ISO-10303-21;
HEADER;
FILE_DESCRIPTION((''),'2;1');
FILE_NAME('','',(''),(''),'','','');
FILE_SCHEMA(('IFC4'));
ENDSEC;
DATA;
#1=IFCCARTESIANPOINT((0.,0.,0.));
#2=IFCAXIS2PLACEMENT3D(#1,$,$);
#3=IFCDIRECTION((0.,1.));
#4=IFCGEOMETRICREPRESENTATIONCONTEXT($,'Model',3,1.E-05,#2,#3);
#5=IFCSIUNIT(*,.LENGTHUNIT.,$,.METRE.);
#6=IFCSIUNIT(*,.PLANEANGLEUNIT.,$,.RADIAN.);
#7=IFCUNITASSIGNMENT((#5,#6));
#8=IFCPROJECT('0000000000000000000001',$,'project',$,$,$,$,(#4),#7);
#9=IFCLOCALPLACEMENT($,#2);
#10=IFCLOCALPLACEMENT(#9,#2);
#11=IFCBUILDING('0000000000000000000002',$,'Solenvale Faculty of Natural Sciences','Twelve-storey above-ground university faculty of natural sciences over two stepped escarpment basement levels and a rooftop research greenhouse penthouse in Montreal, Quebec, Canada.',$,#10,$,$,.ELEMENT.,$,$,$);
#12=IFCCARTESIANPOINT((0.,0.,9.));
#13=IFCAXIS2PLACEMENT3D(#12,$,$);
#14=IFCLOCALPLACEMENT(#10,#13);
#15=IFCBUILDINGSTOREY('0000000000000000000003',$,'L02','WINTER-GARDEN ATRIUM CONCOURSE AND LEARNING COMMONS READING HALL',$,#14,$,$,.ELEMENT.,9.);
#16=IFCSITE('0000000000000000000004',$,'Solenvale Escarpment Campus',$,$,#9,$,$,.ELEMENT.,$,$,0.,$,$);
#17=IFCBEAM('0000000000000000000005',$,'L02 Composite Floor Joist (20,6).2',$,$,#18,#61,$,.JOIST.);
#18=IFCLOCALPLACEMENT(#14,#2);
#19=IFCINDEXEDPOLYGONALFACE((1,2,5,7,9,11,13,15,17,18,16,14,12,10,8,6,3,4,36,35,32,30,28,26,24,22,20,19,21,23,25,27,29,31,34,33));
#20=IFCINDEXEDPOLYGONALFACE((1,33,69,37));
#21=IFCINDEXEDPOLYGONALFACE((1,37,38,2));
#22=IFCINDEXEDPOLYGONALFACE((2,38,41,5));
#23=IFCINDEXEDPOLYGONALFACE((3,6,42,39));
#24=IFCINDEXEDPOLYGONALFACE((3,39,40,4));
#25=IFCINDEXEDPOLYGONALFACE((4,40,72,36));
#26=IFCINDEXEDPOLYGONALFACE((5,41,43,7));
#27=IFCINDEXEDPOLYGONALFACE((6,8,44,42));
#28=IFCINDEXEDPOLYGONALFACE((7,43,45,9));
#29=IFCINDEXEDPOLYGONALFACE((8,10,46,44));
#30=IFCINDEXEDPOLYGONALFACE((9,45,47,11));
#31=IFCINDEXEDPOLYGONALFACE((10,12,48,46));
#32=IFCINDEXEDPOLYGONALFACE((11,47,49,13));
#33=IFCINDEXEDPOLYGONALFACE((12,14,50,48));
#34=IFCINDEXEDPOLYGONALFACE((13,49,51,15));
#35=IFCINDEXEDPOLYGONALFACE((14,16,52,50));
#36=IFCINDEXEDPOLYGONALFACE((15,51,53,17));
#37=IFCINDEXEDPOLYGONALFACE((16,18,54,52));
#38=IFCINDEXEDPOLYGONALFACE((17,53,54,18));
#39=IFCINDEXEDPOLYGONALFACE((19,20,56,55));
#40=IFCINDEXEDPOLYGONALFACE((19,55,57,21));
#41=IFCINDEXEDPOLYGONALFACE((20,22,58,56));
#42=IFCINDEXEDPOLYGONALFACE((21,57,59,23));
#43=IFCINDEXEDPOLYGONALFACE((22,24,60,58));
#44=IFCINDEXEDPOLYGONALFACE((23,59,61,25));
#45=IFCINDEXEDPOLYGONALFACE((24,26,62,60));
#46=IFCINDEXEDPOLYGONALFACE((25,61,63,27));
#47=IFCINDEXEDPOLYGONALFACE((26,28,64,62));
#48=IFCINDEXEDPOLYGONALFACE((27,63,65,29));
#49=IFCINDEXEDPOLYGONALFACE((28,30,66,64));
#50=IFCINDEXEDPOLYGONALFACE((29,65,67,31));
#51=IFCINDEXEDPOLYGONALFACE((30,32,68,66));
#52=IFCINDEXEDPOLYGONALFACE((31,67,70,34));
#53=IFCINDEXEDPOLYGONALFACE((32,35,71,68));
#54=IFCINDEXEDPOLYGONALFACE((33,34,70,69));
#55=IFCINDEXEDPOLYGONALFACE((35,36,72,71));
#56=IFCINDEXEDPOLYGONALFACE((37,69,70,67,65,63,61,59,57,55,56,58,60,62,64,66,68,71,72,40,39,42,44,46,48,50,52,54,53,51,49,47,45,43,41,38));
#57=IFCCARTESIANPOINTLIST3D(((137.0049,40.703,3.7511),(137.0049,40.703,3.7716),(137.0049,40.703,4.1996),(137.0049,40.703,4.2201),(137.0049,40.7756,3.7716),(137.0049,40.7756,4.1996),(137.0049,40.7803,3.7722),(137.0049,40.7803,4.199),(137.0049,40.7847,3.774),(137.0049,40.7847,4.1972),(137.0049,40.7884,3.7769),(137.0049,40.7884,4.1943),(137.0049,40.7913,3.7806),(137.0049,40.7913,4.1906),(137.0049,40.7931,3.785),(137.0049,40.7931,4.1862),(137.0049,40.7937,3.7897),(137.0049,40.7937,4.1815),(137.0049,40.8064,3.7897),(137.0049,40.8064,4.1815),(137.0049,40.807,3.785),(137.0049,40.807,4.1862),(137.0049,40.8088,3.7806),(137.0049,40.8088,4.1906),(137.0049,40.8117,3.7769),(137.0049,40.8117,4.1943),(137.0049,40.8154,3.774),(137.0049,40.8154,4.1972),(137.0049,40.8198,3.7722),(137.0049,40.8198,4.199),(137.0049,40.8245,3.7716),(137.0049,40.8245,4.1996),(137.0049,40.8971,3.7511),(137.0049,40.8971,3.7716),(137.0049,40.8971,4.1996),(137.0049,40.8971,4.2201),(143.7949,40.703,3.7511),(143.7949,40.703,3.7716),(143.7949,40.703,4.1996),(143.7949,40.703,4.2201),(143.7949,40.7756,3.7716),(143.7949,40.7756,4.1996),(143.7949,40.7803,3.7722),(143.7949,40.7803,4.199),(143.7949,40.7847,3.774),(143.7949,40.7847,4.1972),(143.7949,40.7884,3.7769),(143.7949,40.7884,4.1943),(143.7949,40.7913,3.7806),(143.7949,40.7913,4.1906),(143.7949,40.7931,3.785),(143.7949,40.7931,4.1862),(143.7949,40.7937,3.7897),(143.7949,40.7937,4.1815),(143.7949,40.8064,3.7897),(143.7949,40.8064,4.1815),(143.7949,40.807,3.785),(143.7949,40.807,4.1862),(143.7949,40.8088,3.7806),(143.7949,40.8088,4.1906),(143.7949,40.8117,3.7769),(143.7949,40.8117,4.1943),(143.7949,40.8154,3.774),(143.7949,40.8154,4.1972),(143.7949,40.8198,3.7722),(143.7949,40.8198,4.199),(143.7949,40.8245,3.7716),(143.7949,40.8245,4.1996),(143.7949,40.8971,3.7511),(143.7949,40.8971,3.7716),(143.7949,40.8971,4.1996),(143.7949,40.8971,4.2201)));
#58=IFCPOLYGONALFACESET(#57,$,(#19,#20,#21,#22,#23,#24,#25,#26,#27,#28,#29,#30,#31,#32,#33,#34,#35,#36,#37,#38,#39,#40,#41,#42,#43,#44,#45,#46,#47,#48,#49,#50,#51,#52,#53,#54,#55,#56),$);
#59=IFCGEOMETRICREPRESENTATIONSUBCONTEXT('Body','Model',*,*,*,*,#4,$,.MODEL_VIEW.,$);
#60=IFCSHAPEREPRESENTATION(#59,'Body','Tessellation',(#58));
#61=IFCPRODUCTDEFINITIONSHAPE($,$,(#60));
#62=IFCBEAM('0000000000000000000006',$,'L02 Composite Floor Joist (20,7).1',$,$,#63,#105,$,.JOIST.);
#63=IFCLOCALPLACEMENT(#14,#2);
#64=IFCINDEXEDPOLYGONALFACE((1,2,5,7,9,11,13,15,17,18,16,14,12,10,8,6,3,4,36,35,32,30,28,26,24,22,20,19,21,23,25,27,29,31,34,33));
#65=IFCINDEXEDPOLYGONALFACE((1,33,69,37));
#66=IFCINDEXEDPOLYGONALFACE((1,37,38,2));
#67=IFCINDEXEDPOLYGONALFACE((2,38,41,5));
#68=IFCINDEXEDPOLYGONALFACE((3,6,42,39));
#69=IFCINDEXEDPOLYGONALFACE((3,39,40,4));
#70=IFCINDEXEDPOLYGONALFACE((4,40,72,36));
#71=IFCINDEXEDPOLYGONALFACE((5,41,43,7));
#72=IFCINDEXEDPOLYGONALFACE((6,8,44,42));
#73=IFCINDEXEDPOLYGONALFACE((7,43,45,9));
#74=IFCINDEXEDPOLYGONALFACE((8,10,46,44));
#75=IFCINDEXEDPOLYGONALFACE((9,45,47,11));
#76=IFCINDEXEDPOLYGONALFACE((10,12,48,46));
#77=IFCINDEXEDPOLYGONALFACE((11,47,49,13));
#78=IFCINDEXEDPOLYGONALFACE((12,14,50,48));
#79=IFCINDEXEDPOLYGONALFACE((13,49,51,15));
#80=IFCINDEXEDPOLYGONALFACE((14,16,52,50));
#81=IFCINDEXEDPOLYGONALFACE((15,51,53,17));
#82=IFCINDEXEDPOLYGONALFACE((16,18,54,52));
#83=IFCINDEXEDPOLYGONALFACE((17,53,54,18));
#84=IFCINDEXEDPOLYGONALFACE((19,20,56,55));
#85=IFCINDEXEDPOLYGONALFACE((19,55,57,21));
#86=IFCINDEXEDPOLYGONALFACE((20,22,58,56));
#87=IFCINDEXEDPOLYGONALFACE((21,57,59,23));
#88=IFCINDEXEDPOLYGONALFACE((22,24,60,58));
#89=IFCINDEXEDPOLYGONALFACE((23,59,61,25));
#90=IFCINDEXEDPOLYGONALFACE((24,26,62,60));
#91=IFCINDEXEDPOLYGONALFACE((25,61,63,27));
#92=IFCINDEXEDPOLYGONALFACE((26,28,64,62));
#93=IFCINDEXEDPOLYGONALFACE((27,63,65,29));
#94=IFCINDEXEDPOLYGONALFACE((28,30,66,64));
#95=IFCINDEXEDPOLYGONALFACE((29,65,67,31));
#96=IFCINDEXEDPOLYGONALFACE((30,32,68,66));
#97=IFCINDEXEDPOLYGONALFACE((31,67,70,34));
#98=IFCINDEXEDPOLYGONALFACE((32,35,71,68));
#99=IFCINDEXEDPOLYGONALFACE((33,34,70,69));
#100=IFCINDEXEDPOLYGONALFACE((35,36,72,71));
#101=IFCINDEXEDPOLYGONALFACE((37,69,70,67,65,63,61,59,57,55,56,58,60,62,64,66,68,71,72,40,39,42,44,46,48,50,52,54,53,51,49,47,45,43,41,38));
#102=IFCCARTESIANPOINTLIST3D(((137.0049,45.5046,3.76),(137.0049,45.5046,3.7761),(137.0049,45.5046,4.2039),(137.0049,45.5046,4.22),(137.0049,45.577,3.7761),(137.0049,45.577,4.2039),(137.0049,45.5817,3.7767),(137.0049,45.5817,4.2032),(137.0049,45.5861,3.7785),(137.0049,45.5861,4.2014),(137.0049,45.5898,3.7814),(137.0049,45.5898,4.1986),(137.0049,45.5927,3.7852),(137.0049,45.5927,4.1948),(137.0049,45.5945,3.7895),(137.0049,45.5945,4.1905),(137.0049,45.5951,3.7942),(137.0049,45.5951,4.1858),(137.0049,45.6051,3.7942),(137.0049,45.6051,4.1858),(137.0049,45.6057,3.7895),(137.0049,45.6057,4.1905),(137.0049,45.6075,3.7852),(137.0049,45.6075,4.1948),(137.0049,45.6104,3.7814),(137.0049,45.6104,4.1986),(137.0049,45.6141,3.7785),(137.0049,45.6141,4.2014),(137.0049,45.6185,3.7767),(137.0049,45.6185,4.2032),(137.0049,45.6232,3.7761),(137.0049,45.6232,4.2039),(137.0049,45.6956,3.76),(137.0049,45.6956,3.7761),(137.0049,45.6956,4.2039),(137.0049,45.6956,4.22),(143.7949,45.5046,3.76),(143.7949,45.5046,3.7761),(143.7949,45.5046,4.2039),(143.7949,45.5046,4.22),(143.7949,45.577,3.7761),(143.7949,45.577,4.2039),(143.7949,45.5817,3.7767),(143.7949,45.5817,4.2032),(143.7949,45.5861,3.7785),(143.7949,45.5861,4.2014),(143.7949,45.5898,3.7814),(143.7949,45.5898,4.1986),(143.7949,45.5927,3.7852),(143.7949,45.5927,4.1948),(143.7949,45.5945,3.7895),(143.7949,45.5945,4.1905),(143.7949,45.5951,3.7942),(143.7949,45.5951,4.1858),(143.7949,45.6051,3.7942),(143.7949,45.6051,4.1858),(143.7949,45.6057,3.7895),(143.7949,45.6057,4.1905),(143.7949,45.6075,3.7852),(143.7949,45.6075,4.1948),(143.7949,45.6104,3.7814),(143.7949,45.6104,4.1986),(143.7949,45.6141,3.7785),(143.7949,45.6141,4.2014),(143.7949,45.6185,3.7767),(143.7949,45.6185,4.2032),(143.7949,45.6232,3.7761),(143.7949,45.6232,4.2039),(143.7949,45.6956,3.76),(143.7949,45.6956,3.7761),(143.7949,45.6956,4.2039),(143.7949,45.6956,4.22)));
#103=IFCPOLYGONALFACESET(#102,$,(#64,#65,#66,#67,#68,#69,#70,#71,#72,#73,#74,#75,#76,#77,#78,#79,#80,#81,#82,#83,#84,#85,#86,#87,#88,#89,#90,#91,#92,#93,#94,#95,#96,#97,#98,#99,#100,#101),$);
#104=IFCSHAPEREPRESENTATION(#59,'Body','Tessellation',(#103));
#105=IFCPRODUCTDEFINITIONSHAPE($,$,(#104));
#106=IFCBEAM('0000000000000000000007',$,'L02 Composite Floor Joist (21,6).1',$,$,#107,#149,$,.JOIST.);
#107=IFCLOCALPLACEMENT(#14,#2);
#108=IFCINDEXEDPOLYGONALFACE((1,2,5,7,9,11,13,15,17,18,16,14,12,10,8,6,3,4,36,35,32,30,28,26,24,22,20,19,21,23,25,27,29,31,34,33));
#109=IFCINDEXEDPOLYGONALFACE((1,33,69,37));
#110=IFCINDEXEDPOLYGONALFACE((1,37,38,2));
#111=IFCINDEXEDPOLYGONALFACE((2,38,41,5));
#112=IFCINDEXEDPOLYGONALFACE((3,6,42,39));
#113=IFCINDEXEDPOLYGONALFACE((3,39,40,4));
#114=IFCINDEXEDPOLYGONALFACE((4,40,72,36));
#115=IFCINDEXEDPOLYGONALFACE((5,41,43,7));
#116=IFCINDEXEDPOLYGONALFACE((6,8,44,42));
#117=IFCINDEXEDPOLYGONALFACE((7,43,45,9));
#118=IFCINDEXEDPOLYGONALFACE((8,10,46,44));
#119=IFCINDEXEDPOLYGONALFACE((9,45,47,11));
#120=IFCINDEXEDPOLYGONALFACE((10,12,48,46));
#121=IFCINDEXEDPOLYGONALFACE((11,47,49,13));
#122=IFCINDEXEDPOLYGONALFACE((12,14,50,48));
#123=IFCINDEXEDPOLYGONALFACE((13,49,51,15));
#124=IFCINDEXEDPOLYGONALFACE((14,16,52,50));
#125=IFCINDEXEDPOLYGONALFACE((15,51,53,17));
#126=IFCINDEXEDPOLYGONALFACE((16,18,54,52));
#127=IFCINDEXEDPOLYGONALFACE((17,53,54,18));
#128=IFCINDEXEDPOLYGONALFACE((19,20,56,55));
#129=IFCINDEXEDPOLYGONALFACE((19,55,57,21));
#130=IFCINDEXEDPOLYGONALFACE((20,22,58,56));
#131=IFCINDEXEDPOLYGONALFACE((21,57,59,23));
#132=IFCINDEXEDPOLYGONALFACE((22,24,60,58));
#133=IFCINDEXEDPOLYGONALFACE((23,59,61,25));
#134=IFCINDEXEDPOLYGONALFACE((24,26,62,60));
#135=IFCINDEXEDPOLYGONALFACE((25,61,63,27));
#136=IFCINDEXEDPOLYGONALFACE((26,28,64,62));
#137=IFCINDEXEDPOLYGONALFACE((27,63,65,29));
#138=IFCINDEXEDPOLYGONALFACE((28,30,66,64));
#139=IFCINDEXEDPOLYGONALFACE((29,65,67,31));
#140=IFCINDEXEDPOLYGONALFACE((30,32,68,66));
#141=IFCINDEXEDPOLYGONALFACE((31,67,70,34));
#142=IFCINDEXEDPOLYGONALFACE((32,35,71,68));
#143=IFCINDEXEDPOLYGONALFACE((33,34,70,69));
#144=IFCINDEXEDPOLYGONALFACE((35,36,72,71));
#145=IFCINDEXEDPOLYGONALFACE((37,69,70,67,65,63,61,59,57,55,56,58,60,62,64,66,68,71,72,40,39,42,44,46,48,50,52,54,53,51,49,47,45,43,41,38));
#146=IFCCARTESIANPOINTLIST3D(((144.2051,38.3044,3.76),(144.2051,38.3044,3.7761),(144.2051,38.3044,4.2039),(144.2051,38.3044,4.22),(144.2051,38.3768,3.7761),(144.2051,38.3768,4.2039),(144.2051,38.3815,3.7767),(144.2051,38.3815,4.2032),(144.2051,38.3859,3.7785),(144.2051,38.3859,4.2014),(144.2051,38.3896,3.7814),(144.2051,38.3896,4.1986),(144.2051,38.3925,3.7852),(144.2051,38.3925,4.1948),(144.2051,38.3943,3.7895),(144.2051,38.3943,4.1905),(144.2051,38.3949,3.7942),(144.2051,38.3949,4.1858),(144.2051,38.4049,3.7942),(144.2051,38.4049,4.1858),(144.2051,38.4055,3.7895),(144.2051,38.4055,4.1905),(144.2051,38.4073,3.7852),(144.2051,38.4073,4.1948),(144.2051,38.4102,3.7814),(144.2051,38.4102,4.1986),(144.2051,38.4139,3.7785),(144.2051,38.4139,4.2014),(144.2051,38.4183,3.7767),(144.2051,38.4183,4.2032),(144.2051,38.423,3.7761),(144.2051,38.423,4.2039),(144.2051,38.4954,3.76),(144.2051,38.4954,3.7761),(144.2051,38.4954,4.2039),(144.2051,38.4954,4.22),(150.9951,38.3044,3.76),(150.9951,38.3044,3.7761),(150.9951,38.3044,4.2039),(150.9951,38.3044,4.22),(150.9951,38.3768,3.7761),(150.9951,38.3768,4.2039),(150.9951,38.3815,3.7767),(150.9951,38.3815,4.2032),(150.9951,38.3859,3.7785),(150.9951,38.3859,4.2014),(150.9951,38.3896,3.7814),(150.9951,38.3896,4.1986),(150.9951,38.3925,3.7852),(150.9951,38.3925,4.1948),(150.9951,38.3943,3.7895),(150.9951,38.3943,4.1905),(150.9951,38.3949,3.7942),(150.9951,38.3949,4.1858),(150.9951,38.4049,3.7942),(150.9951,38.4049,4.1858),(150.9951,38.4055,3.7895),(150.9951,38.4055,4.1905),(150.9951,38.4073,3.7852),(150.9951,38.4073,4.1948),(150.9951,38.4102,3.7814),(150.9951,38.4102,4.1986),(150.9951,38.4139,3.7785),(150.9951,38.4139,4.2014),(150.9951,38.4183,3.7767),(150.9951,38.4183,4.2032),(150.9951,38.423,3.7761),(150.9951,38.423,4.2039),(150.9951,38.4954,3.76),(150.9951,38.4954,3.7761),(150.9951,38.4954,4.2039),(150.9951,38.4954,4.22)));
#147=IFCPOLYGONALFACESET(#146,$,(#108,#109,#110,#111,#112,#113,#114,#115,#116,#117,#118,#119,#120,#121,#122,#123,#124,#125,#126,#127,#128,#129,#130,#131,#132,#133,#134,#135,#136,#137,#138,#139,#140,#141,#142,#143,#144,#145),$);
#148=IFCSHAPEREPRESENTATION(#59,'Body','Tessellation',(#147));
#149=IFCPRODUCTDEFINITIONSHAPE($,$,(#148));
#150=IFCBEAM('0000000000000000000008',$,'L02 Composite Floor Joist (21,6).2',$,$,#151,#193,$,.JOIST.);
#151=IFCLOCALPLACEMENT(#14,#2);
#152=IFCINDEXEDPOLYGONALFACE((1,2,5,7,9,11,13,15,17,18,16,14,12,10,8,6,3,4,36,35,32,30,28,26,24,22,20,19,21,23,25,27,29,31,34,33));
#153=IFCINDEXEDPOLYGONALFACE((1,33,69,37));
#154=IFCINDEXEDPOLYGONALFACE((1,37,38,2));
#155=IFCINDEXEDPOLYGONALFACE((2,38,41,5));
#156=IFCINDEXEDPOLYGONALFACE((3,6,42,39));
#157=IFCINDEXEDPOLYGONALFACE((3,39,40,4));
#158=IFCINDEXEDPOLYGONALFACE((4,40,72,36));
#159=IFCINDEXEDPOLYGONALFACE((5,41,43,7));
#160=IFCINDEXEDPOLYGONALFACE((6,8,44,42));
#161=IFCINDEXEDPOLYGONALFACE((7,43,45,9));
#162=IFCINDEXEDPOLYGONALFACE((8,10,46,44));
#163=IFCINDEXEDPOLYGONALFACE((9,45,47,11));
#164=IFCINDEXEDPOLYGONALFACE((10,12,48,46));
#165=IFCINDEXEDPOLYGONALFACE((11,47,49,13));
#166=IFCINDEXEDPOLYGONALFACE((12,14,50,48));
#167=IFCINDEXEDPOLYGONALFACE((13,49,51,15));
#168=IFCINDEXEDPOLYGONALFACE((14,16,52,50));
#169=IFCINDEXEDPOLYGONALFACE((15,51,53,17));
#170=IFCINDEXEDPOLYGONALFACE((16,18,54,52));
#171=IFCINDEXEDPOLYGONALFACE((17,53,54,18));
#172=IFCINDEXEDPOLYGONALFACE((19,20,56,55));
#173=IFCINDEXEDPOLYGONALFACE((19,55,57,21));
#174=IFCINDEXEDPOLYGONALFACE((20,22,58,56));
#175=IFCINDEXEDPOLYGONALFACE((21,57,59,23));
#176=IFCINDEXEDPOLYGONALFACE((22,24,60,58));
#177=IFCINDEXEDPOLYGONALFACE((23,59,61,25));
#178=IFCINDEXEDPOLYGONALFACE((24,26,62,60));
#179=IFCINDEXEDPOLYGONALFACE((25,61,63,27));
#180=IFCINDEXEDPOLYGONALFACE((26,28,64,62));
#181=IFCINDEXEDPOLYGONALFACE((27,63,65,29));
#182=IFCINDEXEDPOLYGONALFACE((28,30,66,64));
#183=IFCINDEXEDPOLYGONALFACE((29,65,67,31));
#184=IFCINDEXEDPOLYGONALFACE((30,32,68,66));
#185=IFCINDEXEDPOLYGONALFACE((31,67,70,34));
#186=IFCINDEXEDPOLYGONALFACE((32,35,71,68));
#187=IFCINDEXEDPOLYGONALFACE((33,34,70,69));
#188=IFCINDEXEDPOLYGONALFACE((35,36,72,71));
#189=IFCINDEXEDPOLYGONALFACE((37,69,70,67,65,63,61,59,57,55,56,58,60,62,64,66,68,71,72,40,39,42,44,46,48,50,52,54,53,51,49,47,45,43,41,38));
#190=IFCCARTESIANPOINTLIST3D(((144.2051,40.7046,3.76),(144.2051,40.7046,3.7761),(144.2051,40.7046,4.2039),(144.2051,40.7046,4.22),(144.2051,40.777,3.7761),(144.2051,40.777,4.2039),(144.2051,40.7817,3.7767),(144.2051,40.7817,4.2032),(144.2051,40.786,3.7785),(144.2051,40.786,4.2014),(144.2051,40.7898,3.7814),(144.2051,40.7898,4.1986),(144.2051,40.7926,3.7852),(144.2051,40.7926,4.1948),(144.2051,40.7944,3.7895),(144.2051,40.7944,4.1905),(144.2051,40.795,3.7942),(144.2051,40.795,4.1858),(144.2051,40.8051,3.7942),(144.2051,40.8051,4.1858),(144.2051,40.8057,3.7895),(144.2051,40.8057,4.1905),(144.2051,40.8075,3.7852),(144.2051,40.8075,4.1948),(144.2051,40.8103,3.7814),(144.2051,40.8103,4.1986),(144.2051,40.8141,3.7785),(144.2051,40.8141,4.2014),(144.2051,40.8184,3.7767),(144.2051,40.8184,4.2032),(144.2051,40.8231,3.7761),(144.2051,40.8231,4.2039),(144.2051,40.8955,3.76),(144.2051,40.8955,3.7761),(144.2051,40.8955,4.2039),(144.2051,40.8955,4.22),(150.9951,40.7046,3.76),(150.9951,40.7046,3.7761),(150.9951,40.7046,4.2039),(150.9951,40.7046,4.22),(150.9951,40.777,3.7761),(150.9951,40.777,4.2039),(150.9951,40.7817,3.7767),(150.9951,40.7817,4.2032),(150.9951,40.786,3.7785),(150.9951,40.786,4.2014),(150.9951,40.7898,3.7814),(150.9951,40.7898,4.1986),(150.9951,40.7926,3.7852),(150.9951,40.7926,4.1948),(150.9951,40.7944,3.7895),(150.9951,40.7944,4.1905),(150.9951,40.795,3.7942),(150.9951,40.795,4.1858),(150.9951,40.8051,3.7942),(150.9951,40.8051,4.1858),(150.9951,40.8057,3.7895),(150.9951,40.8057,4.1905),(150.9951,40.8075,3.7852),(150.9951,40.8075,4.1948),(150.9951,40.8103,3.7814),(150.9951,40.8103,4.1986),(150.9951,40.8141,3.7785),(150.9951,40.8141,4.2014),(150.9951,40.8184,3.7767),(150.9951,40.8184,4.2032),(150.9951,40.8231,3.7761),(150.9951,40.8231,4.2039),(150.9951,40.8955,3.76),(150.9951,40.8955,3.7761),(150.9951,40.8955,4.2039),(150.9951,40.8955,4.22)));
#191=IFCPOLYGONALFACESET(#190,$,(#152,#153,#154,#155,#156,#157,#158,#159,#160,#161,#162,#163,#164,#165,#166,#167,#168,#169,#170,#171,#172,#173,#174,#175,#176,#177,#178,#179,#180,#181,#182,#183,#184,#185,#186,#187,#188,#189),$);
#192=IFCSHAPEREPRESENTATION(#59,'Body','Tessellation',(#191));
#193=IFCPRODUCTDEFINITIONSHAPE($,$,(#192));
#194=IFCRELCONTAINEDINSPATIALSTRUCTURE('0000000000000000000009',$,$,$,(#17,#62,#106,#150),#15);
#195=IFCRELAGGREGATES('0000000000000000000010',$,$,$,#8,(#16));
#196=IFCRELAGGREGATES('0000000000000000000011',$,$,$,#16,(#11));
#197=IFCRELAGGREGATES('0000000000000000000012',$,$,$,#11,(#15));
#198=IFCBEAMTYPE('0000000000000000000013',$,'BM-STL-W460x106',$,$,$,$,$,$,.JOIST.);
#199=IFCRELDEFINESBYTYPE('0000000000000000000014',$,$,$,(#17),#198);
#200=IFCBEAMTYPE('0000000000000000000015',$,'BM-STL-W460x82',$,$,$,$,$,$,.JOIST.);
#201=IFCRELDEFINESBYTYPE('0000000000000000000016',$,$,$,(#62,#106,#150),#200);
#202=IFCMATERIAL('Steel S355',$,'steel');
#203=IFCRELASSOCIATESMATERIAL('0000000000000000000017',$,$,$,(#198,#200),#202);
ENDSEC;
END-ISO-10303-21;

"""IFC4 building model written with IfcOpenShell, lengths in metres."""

from ifc_helpers import new_model, si_unit, direction, frame, origin, origin_2d, place, context, subcontext, project, spatial, i_section, extrude, material, material_profile, profile_set, type_object, element, save


model = new_model("IFC4")

# Units and contexts
model_context = context("Model", 3, precision=1e-05, world=origin(), true_north=direction((0.0, 1.0)))
body_context = subcontext(model_context, "Body", "Model", "MODEL_VIEW")
ifc_project = project(units=[si_unit("LENGTHUNIT", "METRE"), si_unit("PLANEANGLEUNIT", "RADIAN")], contexts=[model_context])

# Site, building, storey
site_placement = place(None, origin())
site = spatial("IfcSite", under=ifc_project, at=site_placement, Name="Solenvale Escarpment Campus", CompositionType="ELEMENT", RefElevation=0.0)
building_placement = place(site_placement, origin())
building = spatial("IfcBuilding", under=site, at=building_placement, Name="Solenvale Faculty of Natural Sciences", Description="Twelve-storey above-ground university faculty of natural sciences over two stepped escarpment basement levels and a rooftop research greenhouse penthouse in Montreal, Quebec, Canada.", CompositionType="ELEMENT")
storey_placement = place(building_placement, frame((0.0, 0.0, 9.0)))
storey = spatial("IfcBuildingStorey", under=building, at=storey_placement, Name="L02", Description="WINTER-GARDEN ATRIUM CONCOURSE AND LEARNING COMMONS READING HALL", CompositionType="ELEMENT", Elevation=9.0)

# Beams
ifc_material_1 = material(Name="Steel S355", Category="steel")
ifc_material_profile_1 = material_profile(ifc_material_1, i_section(OverallWidth=0.1941, OverallDepth=0.469, WebThickness=0.0127, FlangeThickness=0.0205, FilletRadius=0.0181, at=origin_2d()), Name="W460x106")
ifc_profile_set_1 = profile_set([ifc_material_profile_1], Name="Steel S355")
beam_type_1 = type_object("IfcBeamType", Name="BM-STL-W460x106", PredefinedType="JOIST", material=ifc_profile_set_1)
for number, where, z_axis, x_axis, name in (
    (1, (137.0049, 40.8, 3.9856), (1.0, 0.0, 0.0), (0.0, 1.0, 0.0), "L02 Composite Floor Joist (20,6).2"),
):
    element("IfcBeam", number, at=place(storey_placement, frame(where, z_axis=z_axis, x_axis=x_axis)), inside=storey, type_object=beam_type_1, Name=name, PredefinedType="JOIST", context=body_context, shape_type="SweptSolid", body=[
        extrude(i_section(OverallWidth=0.1941, OverallDepth=0.469, WebThickness=0.0127, FlangeThickness=0.0205, FilletRadius=0.0181, at=origin_2d()), origin(), (0.0, 0.0, 1.0), 6.79),
    ])
ifc_material_profile_2 = material_profile(ifc_material_1, i_section(OverallWidth=0.1909, OverallDepth=0.46, WebThickness=0.01, FlangeThickness=0.0161, FilletRadius=0.0181, at=origin_2d()), Name="W460x82")
ifc_profile_set_2 = profile_set([ifc_material_profile_2], Name="Steel S355")
beam_type_2 = type_object("IfcBeamType", Name="BM-STL-W460x82", PredefinedType="JOIST", material=ifc_profile_set_2)
for number, where, z_axis, x_axis, name in (
    (2, (137.0049, 45.6001, 3.99), (1.0, 0.0, 0.0), (0.0, 1.0, 0.0), "L02 Composite Floor Joist (20,7).1"),
    (3, (144.2051, 38.3999, 3.99), (1.0, 0.0, 0.0), (0.0, 1.0, 0.0), "L02 Composite Floor Joist (21,6).1"),
    (4, (144.2051, 40.8, 3.99), (1.0, 0.0, 0.0), (0.0, 1.0, 0.0), "L02 Composite Floor Joist (21,6).2"),
):
    element("IfcBeam", number, at=place(storey_placement, frame(where, z_axis=z_axis, x_axis=x_axis)), inside=storey, type_object=beam_type_2, Name=name, PredefinedType="JOIST", context=body_context, shape_type="SweptSolid", body=[
        extrude(i_section(OverallWidth=0.1909, OverallDepth=0.46, WebThickness=0.01, FlangeThickness=0.0161, FilletRadius=0.0181, at=origin_2d()), origin(), (0.0, 0.0, 1.0), 6.79),
    ])

save(model, "model.ifc")
